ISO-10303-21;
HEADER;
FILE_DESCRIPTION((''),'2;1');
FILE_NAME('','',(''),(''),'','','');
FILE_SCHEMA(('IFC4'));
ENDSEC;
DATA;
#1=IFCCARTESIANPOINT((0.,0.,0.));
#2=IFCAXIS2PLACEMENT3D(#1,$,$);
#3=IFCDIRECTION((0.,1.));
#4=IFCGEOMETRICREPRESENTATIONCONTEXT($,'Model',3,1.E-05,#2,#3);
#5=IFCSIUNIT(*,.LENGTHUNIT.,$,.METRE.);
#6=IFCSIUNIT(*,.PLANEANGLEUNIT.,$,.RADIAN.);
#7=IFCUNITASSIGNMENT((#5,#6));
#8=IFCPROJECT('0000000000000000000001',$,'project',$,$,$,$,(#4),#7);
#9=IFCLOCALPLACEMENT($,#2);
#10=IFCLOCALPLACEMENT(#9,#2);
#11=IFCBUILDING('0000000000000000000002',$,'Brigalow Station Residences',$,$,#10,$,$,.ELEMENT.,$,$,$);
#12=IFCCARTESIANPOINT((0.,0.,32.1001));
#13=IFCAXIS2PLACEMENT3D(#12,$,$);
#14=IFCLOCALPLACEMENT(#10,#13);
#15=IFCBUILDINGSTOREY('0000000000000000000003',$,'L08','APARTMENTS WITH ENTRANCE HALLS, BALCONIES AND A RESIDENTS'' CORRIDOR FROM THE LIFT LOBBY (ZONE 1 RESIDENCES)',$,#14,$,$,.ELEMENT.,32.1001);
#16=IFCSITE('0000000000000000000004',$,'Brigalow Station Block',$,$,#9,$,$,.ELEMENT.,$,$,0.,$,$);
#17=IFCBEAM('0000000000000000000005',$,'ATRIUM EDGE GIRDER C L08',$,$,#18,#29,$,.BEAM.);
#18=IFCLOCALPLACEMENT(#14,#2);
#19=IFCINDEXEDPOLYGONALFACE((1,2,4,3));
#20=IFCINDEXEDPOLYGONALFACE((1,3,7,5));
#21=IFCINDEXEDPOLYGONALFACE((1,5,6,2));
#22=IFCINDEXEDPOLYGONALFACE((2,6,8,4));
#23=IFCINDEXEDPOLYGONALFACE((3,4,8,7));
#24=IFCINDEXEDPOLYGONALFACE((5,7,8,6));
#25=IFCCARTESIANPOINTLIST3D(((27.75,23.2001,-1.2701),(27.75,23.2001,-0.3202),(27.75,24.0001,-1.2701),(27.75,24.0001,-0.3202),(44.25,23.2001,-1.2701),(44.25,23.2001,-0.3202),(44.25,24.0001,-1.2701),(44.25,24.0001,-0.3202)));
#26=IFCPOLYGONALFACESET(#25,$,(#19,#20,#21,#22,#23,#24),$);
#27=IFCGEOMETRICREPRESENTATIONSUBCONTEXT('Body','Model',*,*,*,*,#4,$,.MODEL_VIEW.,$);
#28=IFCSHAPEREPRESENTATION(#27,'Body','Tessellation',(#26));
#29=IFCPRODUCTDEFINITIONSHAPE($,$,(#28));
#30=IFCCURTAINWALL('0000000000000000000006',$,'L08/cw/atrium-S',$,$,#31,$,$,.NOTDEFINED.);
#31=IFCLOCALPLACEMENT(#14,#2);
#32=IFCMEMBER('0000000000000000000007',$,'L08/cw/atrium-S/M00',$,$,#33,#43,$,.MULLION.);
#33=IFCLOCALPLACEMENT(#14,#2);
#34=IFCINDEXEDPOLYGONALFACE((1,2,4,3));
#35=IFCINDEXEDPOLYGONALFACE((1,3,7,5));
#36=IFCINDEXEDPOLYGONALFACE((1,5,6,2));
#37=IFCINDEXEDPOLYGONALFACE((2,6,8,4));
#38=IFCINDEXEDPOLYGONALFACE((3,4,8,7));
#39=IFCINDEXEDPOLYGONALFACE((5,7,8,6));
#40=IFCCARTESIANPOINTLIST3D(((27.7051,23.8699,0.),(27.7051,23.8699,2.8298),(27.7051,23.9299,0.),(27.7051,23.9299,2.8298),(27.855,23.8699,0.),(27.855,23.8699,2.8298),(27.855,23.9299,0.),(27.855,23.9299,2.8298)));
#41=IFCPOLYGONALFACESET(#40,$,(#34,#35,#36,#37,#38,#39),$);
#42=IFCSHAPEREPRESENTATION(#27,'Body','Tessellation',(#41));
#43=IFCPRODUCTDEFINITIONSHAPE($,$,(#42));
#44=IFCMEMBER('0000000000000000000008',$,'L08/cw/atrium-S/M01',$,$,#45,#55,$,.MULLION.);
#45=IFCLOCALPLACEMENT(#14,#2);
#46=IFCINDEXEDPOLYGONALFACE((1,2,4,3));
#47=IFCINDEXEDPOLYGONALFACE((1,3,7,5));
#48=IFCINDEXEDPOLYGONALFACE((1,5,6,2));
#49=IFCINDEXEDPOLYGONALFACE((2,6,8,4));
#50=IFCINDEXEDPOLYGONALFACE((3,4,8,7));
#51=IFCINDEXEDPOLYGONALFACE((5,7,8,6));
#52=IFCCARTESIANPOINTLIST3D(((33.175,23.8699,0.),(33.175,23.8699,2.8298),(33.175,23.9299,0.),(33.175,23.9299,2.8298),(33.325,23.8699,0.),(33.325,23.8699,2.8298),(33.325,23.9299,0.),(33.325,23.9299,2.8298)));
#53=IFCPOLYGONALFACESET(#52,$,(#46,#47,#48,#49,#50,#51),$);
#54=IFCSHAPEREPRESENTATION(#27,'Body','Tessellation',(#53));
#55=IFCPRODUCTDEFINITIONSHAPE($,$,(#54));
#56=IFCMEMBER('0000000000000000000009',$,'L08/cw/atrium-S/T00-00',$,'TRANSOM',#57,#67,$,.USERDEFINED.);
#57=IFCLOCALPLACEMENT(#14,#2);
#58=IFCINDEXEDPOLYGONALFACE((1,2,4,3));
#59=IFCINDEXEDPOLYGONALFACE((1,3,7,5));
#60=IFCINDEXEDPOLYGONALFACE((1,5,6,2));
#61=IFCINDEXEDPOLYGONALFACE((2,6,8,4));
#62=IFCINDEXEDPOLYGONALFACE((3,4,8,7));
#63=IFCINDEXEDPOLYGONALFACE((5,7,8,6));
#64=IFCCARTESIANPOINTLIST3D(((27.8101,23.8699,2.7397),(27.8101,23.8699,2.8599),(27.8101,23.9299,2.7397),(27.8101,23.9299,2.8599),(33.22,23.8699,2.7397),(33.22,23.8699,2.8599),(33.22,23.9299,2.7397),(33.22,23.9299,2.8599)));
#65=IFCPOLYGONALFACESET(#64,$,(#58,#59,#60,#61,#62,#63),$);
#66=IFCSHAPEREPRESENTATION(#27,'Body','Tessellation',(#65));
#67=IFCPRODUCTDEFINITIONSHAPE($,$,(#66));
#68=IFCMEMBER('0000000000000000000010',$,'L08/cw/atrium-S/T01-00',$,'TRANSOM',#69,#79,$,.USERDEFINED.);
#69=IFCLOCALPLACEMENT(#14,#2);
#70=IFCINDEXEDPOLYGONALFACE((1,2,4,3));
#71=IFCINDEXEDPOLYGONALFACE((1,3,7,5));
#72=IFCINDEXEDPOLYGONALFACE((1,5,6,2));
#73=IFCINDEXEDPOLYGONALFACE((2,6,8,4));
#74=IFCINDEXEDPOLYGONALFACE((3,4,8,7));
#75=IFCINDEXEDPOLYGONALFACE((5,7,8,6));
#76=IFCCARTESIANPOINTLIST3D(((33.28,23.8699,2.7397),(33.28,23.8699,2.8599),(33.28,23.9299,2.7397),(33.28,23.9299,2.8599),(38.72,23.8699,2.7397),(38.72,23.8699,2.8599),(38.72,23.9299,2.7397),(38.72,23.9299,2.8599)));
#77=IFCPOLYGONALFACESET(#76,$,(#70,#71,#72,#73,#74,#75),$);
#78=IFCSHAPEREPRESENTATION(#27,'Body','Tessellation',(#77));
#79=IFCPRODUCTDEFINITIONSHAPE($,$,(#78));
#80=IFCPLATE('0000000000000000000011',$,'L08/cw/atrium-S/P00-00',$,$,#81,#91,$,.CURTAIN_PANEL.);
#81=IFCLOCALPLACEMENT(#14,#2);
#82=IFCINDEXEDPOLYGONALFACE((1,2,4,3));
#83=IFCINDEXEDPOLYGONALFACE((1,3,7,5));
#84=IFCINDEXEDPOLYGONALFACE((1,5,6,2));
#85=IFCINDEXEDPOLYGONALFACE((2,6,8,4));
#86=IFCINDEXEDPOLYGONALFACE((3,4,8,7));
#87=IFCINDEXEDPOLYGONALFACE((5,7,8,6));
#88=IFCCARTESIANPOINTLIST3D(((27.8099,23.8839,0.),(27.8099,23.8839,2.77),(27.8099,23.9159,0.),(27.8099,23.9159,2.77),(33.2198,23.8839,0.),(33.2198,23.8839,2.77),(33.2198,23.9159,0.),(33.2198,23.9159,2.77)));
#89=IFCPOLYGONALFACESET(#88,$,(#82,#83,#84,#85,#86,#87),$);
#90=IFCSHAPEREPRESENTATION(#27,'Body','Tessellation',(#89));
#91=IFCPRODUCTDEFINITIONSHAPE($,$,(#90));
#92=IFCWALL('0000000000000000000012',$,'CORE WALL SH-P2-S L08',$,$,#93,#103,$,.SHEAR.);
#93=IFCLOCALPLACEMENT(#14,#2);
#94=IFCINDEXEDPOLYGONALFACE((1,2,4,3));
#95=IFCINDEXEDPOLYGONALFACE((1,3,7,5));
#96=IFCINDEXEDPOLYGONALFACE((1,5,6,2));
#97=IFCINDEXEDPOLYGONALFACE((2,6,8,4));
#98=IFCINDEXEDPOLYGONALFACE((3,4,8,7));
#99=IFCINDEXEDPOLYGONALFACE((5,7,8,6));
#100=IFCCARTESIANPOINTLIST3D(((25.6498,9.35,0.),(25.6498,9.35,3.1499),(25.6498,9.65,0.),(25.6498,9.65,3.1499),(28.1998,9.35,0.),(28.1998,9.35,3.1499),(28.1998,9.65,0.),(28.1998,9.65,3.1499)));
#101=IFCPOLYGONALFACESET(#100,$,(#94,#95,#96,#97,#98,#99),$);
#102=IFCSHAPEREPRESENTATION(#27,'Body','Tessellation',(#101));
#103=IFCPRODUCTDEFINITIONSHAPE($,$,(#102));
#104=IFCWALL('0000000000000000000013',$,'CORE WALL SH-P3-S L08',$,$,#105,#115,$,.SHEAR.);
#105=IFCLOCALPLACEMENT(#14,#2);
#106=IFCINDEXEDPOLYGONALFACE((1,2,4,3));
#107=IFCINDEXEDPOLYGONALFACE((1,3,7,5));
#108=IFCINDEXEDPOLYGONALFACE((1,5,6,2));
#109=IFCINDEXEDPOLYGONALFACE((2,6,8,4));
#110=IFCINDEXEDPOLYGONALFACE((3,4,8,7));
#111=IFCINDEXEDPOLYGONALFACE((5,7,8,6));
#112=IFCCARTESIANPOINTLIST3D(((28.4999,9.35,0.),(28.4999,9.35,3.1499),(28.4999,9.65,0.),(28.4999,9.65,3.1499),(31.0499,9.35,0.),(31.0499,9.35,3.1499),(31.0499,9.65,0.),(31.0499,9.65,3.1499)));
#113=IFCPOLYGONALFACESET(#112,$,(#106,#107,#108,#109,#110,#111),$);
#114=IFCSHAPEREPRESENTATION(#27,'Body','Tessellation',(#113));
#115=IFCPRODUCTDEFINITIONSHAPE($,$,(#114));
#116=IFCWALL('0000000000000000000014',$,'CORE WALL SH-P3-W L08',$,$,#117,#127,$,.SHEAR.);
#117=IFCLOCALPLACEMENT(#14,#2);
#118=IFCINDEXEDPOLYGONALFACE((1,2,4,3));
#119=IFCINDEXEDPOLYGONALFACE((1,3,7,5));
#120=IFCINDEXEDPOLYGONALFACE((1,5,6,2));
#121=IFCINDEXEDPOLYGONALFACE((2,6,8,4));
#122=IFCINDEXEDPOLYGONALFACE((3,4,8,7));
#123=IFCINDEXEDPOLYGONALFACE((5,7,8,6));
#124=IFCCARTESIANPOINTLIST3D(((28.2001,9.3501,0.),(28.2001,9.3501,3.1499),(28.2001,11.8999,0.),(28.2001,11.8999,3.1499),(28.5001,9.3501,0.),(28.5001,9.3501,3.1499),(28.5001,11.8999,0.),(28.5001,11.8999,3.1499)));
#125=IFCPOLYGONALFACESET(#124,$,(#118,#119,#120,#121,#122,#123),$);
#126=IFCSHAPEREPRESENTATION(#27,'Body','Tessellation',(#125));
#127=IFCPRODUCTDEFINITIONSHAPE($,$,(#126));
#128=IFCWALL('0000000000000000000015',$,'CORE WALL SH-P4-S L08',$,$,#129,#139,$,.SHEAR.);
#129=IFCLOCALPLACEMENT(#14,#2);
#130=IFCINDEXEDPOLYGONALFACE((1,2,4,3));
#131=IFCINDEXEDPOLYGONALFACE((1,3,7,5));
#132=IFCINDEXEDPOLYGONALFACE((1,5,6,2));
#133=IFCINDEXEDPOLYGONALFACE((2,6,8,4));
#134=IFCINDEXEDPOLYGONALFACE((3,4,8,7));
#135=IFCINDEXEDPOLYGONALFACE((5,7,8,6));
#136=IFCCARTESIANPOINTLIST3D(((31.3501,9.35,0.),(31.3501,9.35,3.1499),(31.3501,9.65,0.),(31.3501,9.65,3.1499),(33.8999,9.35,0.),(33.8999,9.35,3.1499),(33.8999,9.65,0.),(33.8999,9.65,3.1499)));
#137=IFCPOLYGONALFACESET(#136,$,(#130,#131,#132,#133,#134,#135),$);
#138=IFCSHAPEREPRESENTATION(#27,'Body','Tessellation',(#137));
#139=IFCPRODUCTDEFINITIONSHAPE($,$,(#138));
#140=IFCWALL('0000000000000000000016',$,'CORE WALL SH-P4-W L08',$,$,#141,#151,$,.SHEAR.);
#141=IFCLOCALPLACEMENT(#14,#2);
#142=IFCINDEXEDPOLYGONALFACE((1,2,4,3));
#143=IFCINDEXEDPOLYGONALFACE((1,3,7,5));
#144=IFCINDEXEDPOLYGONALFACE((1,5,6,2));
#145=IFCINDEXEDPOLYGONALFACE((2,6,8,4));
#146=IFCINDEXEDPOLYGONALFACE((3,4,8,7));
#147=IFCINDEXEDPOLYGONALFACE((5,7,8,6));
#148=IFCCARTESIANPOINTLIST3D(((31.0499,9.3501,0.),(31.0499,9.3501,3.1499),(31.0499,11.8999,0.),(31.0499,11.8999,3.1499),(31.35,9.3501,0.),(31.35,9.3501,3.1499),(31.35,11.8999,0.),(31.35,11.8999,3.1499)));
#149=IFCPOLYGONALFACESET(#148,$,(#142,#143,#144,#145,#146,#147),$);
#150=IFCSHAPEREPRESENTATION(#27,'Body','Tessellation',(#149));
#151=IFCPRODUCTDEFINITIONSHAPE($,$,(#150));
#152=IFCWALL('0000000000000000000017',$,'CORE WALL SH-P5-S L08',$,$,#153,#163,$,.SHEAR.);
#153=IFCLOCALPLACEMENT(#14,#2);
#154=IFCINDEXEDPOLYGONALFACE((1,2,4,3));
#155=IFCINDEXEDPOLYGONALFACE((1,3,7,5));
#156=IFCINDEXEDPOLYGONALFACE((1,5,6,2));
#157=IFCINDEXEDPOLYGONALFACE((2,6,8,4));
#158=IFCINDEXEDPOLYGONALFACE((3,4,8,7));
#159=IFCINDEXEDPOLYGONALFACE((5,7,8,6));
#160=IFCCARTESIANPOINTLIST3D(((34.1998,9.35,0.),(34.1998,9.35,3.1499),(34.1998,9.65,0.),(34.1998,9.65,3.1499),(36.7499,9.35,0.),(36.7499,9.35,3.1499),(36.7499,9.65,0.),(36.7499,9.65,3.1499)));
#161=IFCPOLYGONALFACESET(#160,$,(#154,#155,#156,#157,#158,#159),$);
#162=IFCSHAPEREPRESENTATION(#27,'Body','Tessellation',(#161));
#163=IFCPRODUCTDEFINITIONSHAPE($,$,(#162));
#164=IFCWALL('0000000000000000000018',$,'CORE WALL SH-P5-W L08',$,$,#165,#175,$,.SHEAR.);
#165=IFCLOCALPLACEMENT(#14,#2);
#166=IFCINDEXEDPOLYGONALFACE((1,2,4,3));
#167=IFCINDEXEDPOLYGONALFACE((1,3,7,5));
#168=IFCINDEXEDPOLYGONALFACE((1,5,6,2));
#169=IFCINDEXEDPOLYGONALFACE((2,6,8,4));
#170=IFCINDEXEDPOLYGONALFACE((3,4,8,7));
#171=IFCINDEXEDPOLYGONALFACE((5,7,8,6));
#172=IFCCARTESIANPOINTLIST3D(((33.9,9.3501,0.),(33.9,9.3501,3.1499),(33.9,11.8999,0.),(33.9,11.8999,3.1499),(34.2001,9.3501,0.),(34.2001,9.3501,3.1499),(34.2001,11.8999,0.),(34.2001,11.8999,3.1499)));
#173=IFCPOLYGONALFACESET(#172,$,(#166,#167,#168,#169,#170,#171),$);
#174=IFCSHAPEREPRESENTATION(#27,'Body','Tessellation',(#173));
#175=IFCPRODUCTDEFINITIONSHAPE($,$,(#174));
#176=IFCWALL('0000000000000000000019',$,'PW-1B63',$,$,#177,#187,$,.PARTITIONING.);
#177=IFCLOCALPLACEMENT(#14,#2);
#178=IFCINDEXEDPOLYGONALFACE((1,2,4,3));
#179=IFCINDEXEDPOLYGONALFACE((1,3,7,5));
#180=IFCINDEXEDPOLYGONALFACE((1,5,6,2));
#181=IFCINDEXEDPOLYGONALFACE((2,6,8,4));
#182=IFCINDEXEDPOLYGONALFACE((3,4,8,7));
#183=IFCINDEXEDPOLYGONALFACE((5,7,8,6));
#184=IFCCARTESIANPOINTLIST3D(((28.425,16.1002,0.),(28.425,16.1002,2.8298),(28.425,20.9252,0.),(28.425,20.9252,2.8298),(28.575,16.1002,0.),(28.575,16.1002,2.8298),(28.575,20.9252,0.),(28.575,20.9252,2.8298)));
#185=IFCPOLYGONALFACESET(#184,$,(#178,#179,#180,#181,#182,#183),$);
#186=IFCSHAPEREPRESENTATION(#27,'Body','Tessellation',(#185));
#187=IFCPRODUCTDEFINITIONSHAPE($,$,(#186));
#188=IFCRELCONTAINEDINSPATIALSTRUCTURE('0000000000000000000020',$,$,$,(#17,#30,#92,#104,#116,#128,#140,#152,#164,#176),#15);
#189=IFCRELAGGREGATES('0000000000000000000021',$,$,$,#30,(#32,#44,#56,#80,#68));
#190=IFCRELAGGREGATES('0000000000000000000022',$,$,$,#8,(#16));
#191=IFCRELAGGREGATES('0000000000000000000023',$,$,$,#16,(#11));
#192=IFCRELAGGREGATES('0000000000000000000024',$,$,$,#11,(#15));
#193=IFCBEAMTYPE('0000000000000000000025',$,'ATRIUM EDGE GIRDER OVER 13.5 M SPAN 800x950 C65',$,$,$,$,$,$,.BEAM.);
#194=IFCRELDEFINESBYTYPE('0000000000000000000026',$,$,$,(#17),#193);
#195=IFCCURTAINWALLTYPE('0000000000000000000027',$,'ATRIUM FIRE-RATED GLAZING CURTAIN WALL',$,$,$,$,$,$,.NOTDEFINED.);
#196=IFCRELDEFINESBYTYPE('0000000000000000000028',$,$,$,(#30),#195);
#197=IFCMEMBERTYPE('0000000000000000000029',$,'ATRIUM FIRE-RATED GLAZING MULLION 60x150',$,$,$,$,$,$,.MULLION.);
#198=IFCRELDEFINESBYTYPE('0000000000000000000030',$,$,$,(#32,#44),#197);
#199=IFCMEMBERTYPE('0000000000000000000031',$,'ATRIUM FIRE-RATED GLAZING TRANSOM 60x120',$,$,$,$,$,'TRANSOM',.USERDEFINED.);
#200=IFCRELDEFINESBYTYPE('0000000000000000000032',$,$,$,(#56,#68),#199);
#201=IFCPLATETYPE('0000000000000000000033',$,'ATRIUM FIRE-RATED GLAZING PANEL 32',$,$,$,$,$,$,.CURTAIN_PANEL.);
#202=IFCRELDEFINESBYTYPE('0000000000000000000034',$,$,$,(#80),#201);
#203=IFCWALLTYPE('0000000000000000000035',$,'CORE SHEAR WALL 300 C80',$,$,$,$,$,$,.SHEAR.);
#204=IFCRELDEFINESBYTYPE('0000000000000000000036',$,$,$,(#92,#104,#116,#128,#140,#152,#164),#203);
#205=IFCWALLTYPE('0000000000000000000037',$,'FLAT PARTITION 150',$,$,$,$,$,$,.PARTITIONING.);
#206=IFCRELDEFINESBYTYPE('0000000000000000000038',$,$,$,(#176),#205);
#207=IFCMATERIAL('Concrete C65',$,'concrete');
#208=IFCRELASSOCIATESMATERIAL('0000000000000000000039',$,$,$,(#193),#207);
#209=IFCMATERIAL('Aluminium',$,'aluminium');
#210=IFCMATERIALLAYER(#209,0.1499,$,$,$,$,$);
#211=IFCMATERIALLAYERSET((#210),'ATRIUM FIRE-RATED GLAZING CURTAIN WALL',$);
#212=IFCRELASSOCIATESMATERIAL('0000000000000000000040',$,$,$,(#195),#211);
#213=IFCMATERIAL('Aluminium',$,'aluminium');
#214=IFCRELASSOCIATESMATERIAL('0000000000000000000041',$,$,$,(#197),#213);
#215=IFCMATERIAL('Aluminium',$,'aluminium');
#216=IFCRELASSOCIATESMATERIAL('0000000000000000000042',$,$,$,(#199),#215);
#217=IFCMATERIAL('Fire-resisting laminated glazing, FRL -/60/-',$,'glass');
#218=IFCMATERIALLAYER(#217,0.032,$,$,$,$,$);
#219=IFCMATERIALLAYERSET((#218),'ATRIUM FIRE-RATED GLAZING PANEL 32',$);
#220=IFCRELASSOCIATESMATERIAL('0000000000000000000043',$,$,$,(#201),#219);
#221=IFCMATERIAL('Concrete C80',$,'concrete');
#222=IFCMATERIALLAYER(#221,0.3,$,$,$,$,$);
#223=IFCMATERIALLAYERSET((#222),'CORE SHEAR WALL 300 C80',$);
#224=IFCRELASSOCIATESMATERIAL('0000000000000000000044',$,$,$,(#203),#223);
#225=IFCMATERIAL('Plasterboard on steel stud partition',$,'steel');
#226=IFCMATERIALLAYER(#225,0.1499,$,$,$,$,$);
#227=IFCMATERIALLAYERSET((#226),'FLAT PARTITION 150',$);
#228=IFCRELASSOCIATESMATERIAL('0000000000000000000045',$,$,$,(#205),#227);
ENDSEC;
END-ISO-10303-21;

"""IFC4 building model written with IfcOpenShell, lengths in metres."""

from ifc_helpers import new_model, si_unit, direction, frame, frame_2d, origin, origin_2d, place, context, subcontext, project, spatial, rectangle, extrude, material, layer, layer_set, material_profile, profile_set, type_object, element, aggregate, save


model = new_model("IFC4")

# Units and contexts
model_context = context("Model", 3, precision=1e-05, world=origin(), true_north=direction((0.0, 1.0)))
body_context = subcontext(model_context, "Body", "Model", "MODEL_VIEW")
ifc_project = project(units=[si_unit("LENGTHUNIT", "METRE"), si_unit("PLANEANGLEUNIT", "RADIAN")], contexts=[model_context])

# Site, building, storey
site_placement = place(None, origin())
site = spatial("IfcSite", under=ifc_project, at=site_placement, Name="Brigalow Station Block", CompositionType="ELEMENT", RefElevation=0.0)
building_placement = place(site_placement, origin())
building = spatial("IfcBuilding", under=site, at=building_placement, Name="Brigalow Station Residences", CompositionType="ELEMENT")
storey_placement = place(building_placement, frame((0.0, 0.0, 32.1001)))
storey = spatial("IfcBuildingStorey", under=building, at=storey_placement, Name="L08", Description="APARTMENTS WITH ENTRANCE HALLS, BALCONIES AND A RESIDENTS' CORRIDOR FROM THE LIFT LOBBY (ZONE 1 RESIDENCES)", CompositionType="ELEMENT", Elevation=32.1001)

# Beam
ifc_material_1 = material(Name="Concrete C65", Category="concrete")
ifc_material_profile_1 = material_profile(ifc_material_1, rectangle(XDim=0.8, YDim=0.95, at=origin_2d()), Name="RC800x950")
ifc_profile_set_1 = profile_set([ifc_material_profile_1], Name="Concrete C65")
beam_type = type_object("IfcBeamType", Name="ATRIUM EDGE GIRDER OVER 13.5 M SPAN 800x950 C65", PredefinedType="BEAM", material=ifc_profile_set_1)
beam_placement = place(storey_placement, frame((27.75, 23.6001, -0.7952), z_axis=(1.0, 0.0, 0.0), x_axis=(0.0, 1.0, 0.0)))
element("IfcBeam", 1, at=beam_placement, inside=storey, type_object=beam_type, Name="ATRIUM EDGE GIRDER C L08", PredefinedType="BEAM", context=body_context, shape_type="SweptSolid", body=[
    extrude(rectangle(XDim=0.8, YDim=0.95, at=origin_2d()), origin(), (0.0, 0.0, 1.0), 16.5),
])

# Curtain wall, members, plate
ifc_material_2 = material(Name="Aluminium", Category="aluminium")
ifc_layer_1 = layer(ifc_material_2, 0.1499)
ifc_layer_set_1 = layer_set([ifc_layer_1], Name="ATRIUM FIRE-RATED GLAZING CURTAIN WALL")
curtain_wall_type = type_object("IfcCurtainWallType", Name="ATRIUM FIRE-RATED GLAZING CURTAIN WALL", PredefinedType="NOTDEFINED", material=ifc_layer_set_1)
curtain_wall_placement = place(storey_placement, origin())
curtain_wall = element("IfcCurtainWall", 2, at=curtain_wall_placement, inside=storey, type_object=curtain_wall_type, Name="L08/cw/atrium-S", PredefinedType="NOTDEFINED")
ifc_material_3 = material(Name="Aluminium", Category="aluminium")
ifc_material_profile_2 = material_profile(ifc_material_3, rectangle(XDim=0.0601, YDim=0.1499, at=origin_2d()), Name="ATRIUM FIRE-RATED GLAZING MULLION 60x150")
ifc_profile_set_2 = profile_set([ifc_material_profile_2], Name="Aluminium")
member_type_1 = type_object("IfcMemberType", Name="ATRIUM FIRE-RATED GLAZING MULLION 60x150", PredefinedType="MULLION", material=ifc_profile_set_2)
member_1_placement = place(storey_placement, frame((27.78, 23.8999, 0.0), z_axis=(0.0, 0.0, 1.0), x_axis=(0.0, 1.0, 0.0)))
member_1 = element("IfcMember", 3, at=member_1_placement, type_object=member_type_1, Name="L08/cw/atrium-S/M00", PredefinedType="MULLION", context=body_context, shape_type="SweptSolid", body=[
    extrude(rectangle(XDim=0.0601, YDim=0.1499, at=origin_2d()), origin(), (0.0, 0.0, 1.0), 2.8298),
])
member_2_placement = place(storey_placement, frame((33.25, 23.8999, 0.0), z_axis=(0.0, 0.0, 1.0), x_axis=(0.0, 1.0, 0.0)))
member_2 = element("IfcMember", 4, at=member_2_placement, type_object=member_type_1, Name="L08/cw/atrium-S/M01", PredefinedType="MULLION", context=body_context, shape_type="SweptSolid", body=[
    extrude(rectangle(XDim=0.0601, YDim=0.1499, at=origin_2d()), origin(), (0.0, 0.0, 1.0), 2.8298),
])
ifc_material_4 = material(Name="Aluminium", Category="aluminium")
ifc_material_profile_3 = material_profile(ifc_material_4, rectangle(XDim=0.0601, YDim=0.1201, at=origin_2d()), Name="ATRIUM FIRE-RATED GLAZING TRANSOM 60x120")
ifc_profile_set_3 = profile_set([ifc_material_profile_3], Name="Aluminium")
member_type_2 = type_object("IfcMemberType", Name="ATRIUM FIRE-RATED GLAZING TRANSOM 60x120", ElementType="TRANSOM", PredefinedType="USERDEFINED", material=ifc_profile_set_3)
member_3_placement = place(storey_placement, frame((27.8101, 23.8999, 2.7998), z_axis=(1.0, 0.0, 0.0), x_axis=(0.0, 1.0, 0.0)))
member_3 = element("IfcMember", 5, at=member_3_placement, type_object=member_type_2, Name="L08/cw/atrium-S/T00-00", ObjectType="TRANSOM", PredefinedType="USERDEFINED", context=body_context, shape_type="SweptSolid", body=[
    extrude(rectangle(XDim=0.0601, YDim=0.1201, at=origin_2d()), origin(), (0.0, 0.0, 1.0), 5.4099),
])
member_4_placement = place(storey_placement, frame((33.28, 23.8999, 2.7998), z_axis=(1.0, 0.0, 0.0), x_axis=(0.0, 1.0, 0.0)))
member_4 = element("IfcMember", 6, at=member_4_placement, type_object=member_type_2, Name="L08/cw/atrium-S/T01-00", ObjectType="TRANSOM", PredefinedType="USERDEFINED", context=body_context, shape_type="SweptSolid", body=[
    extrude(rectangle(XDim=0.0601, YDim=0.1201, at=origin_2d()), origin(), (0.0, 0.0, 1.0), 5.4399),
])
ifc_material_5 = material(Name="Fire-resisting laminated glazing, FRL -/60/-", Category="glass")
ifc_layer_2 = layer(ifc_material_5, 0.032)
ifc_layer_set_2 = layer_set([ifc_layer_2], Name="ATRIUM FIRE-RATED GLAZING PANEL 32")
plate_type = type_object("IfcPlateType", Name="ATRIUM FIRE-RATED GLAZING PANEL 32", PredefinedType="CURTAIN_PANEL", material=ifc_layer_set_2)
plate_placement = place(storey_placement, frame((30.5149, 23.8999, 0.0), z_axis=(0.0, 0.0, 1.0), x_axis=(1.0, 0.0, 0.0)))
plate = element("IfcPlate", 7, at=plate_placement, type_object=plate_type, Name="L08/cw/atrium-S/P00-00", PredefinedType="CURTAIN_PANEL", context=body_context, shape_type="SweptSolid", body=[
    extrude(rectangle(XDim=5.4099, YDim=0.032, at=origin_2d()), origin(), (0.0, 0.0, 1.0), 2.77),
])
aggregate(curtain_wall, [member_1, member_2, member_3, plate, member_4])

# Walls
ifc_material_6 = material(Name="Concrete C80", Category="concrete")
ifc_layer_3 = layer(ifc_material_6, 0.3)
ifc_layer_set_3 = layer_set([ifc_layer_3], Name="CORE SHEAR WALL 300 C80")
wall_type_1 = type_object("IfcWallType", Name="CORE SHEAR WALL 300 C80", PredefinedType="SHEAR", material=ifc_layer_set_3)
for number, where, z_axis, x_axis, name in (
    (8, (25.6499, 9.5, 0.0), (0.0, 0.0, 1.0), (1.0, 0.0, 0.0), "CORE WALL SH-P2-S L08"),
    (9, (28.5, 9.5, 0.0), (0.0, 0.0, 1.0), (1.0, 0.0, 0.0), "CORE WALL SH-P3-S L08"),
):
    element("IfcWall", number, at=place(storey_placement, frame(where, z_axis=z_axis, x_axis=x_axis)), inside=storey, type_object=wall_type_1, Name=name, PredefinedType="SHEAR", context=body_context, shape_type="SweptSolid", body=[
        extrude(rectangle(XDim=2.55, YDim=0.3, at=frame_2d((1.2749, 0.0))), origin(), (0.0, 0.0, 1.0), 3.1499),
    ])
for number, where, z_axis, x_axis, name in (
    (10, (28.3501, 9.3501, 0.0), (0.0, 0.0, 1.0), (0.0, 1.0, 0.0), "CORE WALL SH-P3-W L08"),
    (11, (31.3501, 9.5, 0.0), (0.0, 0.0, 1.0), (1.0, 0.0, 0.0), "CORE WALL SH-P4-S L08"),
    (12, (31.2, 9.3501, 0.0), (0.0, 0.0, 1.0), (0.0, 1.0, 0.0), "CORE WALL SH-P4-W L08"),
):
    element("IfcWall", number, at=place(storey_placement, frame(where, z_axis=z_axis, x_axis=x_axis)), inside=storey, type_object=wall_type_1, Name=name, PredefinedType="SHEAR", context=body_context, shape_type="SweptSolid", body=[
        extrude(rectangle(XDim=2.5498, YDim=0.3, at=frame_2d((1.2749, 0.0))), origin(), (0.0, 0.0, 1.0), 3.1499),
    ])
wall_1_placement = place(storey_placement, frame((34.2, 9.5, 0.0), z_axis=(0.0, 0.0, 1.0), x_axis=(1.0, 0.0, 0.0)))
element("IfcWall", 13, at=wall_1_placement, inside=storey, type_object=wall_type_1, Name="CORE WALL SH-P5-S L08", PredefinedType="SHEAR", context=body_context, shape_type="SweptSolid", body=[
    extrude(rectangle(XDim=2.55, YDim=0.3, at=frame_2d((1.2749, 0.0))), origin(), (0.0, 0.0, 1.0), 3.1499),
])
wall_2_placement = place(storey_placement, frame((34.05, 9.3501, 0.0), z_axis=(0.0, 0.0, 1.0), x_axis=(0.0, 1.0, 0.0)))
element("IfcWall", 14, at=wall_2_placement, inside=storey, type_object=wall_type_1, Name="CORE WALL SH-P5-W L08", PredefinedType="SHEAR", context=body_context, shape_type="SweptSolid", body=[
    extrude(rectangle(XDim=2.5498, YDim=0.3, at=frame_2d((1.2749, 0.0))), origin(), (0.0, 0.0, 1.0), 3.1499),
])
ifc_material_7 = material(Name="Plasterboard on steel stud partition", Category="steel")
ifc_layer_4 = layer(ifc_material_7, 0.1499)
ifc_layer_set_4 = layer_set([ifc_layer_4], Name="FLAT PARTITION 150")
wall_type_2 = type_object("IfcWallType", Name="FLAT PARTITION 150", PredefinedType="PARTITIONING", material=ifc_layer_set_4)
wall_3_placement = place(storey_placement, frame((28.5, 16.1001, 0.0), z_axis=(0.0, 0.0, 1.0), x_axis=(0.0, 1.0, 0.0)))
element("IfcWall", 15, at=wall_3_placement, inside=storey, type_object=wall_type_2, Name="PW-1B63", PredefinedType="PARTITIONING", context=body_context, shape_type="SweptSolid", body=[
    extrude(rectangle(XDim=4.825, YDim=0.1499, at=frame_2d((2.4126, 0.0))), origin(), (0.0, 0.0, 1.0), 2.8298),
])

save(model, "model.ifc")
